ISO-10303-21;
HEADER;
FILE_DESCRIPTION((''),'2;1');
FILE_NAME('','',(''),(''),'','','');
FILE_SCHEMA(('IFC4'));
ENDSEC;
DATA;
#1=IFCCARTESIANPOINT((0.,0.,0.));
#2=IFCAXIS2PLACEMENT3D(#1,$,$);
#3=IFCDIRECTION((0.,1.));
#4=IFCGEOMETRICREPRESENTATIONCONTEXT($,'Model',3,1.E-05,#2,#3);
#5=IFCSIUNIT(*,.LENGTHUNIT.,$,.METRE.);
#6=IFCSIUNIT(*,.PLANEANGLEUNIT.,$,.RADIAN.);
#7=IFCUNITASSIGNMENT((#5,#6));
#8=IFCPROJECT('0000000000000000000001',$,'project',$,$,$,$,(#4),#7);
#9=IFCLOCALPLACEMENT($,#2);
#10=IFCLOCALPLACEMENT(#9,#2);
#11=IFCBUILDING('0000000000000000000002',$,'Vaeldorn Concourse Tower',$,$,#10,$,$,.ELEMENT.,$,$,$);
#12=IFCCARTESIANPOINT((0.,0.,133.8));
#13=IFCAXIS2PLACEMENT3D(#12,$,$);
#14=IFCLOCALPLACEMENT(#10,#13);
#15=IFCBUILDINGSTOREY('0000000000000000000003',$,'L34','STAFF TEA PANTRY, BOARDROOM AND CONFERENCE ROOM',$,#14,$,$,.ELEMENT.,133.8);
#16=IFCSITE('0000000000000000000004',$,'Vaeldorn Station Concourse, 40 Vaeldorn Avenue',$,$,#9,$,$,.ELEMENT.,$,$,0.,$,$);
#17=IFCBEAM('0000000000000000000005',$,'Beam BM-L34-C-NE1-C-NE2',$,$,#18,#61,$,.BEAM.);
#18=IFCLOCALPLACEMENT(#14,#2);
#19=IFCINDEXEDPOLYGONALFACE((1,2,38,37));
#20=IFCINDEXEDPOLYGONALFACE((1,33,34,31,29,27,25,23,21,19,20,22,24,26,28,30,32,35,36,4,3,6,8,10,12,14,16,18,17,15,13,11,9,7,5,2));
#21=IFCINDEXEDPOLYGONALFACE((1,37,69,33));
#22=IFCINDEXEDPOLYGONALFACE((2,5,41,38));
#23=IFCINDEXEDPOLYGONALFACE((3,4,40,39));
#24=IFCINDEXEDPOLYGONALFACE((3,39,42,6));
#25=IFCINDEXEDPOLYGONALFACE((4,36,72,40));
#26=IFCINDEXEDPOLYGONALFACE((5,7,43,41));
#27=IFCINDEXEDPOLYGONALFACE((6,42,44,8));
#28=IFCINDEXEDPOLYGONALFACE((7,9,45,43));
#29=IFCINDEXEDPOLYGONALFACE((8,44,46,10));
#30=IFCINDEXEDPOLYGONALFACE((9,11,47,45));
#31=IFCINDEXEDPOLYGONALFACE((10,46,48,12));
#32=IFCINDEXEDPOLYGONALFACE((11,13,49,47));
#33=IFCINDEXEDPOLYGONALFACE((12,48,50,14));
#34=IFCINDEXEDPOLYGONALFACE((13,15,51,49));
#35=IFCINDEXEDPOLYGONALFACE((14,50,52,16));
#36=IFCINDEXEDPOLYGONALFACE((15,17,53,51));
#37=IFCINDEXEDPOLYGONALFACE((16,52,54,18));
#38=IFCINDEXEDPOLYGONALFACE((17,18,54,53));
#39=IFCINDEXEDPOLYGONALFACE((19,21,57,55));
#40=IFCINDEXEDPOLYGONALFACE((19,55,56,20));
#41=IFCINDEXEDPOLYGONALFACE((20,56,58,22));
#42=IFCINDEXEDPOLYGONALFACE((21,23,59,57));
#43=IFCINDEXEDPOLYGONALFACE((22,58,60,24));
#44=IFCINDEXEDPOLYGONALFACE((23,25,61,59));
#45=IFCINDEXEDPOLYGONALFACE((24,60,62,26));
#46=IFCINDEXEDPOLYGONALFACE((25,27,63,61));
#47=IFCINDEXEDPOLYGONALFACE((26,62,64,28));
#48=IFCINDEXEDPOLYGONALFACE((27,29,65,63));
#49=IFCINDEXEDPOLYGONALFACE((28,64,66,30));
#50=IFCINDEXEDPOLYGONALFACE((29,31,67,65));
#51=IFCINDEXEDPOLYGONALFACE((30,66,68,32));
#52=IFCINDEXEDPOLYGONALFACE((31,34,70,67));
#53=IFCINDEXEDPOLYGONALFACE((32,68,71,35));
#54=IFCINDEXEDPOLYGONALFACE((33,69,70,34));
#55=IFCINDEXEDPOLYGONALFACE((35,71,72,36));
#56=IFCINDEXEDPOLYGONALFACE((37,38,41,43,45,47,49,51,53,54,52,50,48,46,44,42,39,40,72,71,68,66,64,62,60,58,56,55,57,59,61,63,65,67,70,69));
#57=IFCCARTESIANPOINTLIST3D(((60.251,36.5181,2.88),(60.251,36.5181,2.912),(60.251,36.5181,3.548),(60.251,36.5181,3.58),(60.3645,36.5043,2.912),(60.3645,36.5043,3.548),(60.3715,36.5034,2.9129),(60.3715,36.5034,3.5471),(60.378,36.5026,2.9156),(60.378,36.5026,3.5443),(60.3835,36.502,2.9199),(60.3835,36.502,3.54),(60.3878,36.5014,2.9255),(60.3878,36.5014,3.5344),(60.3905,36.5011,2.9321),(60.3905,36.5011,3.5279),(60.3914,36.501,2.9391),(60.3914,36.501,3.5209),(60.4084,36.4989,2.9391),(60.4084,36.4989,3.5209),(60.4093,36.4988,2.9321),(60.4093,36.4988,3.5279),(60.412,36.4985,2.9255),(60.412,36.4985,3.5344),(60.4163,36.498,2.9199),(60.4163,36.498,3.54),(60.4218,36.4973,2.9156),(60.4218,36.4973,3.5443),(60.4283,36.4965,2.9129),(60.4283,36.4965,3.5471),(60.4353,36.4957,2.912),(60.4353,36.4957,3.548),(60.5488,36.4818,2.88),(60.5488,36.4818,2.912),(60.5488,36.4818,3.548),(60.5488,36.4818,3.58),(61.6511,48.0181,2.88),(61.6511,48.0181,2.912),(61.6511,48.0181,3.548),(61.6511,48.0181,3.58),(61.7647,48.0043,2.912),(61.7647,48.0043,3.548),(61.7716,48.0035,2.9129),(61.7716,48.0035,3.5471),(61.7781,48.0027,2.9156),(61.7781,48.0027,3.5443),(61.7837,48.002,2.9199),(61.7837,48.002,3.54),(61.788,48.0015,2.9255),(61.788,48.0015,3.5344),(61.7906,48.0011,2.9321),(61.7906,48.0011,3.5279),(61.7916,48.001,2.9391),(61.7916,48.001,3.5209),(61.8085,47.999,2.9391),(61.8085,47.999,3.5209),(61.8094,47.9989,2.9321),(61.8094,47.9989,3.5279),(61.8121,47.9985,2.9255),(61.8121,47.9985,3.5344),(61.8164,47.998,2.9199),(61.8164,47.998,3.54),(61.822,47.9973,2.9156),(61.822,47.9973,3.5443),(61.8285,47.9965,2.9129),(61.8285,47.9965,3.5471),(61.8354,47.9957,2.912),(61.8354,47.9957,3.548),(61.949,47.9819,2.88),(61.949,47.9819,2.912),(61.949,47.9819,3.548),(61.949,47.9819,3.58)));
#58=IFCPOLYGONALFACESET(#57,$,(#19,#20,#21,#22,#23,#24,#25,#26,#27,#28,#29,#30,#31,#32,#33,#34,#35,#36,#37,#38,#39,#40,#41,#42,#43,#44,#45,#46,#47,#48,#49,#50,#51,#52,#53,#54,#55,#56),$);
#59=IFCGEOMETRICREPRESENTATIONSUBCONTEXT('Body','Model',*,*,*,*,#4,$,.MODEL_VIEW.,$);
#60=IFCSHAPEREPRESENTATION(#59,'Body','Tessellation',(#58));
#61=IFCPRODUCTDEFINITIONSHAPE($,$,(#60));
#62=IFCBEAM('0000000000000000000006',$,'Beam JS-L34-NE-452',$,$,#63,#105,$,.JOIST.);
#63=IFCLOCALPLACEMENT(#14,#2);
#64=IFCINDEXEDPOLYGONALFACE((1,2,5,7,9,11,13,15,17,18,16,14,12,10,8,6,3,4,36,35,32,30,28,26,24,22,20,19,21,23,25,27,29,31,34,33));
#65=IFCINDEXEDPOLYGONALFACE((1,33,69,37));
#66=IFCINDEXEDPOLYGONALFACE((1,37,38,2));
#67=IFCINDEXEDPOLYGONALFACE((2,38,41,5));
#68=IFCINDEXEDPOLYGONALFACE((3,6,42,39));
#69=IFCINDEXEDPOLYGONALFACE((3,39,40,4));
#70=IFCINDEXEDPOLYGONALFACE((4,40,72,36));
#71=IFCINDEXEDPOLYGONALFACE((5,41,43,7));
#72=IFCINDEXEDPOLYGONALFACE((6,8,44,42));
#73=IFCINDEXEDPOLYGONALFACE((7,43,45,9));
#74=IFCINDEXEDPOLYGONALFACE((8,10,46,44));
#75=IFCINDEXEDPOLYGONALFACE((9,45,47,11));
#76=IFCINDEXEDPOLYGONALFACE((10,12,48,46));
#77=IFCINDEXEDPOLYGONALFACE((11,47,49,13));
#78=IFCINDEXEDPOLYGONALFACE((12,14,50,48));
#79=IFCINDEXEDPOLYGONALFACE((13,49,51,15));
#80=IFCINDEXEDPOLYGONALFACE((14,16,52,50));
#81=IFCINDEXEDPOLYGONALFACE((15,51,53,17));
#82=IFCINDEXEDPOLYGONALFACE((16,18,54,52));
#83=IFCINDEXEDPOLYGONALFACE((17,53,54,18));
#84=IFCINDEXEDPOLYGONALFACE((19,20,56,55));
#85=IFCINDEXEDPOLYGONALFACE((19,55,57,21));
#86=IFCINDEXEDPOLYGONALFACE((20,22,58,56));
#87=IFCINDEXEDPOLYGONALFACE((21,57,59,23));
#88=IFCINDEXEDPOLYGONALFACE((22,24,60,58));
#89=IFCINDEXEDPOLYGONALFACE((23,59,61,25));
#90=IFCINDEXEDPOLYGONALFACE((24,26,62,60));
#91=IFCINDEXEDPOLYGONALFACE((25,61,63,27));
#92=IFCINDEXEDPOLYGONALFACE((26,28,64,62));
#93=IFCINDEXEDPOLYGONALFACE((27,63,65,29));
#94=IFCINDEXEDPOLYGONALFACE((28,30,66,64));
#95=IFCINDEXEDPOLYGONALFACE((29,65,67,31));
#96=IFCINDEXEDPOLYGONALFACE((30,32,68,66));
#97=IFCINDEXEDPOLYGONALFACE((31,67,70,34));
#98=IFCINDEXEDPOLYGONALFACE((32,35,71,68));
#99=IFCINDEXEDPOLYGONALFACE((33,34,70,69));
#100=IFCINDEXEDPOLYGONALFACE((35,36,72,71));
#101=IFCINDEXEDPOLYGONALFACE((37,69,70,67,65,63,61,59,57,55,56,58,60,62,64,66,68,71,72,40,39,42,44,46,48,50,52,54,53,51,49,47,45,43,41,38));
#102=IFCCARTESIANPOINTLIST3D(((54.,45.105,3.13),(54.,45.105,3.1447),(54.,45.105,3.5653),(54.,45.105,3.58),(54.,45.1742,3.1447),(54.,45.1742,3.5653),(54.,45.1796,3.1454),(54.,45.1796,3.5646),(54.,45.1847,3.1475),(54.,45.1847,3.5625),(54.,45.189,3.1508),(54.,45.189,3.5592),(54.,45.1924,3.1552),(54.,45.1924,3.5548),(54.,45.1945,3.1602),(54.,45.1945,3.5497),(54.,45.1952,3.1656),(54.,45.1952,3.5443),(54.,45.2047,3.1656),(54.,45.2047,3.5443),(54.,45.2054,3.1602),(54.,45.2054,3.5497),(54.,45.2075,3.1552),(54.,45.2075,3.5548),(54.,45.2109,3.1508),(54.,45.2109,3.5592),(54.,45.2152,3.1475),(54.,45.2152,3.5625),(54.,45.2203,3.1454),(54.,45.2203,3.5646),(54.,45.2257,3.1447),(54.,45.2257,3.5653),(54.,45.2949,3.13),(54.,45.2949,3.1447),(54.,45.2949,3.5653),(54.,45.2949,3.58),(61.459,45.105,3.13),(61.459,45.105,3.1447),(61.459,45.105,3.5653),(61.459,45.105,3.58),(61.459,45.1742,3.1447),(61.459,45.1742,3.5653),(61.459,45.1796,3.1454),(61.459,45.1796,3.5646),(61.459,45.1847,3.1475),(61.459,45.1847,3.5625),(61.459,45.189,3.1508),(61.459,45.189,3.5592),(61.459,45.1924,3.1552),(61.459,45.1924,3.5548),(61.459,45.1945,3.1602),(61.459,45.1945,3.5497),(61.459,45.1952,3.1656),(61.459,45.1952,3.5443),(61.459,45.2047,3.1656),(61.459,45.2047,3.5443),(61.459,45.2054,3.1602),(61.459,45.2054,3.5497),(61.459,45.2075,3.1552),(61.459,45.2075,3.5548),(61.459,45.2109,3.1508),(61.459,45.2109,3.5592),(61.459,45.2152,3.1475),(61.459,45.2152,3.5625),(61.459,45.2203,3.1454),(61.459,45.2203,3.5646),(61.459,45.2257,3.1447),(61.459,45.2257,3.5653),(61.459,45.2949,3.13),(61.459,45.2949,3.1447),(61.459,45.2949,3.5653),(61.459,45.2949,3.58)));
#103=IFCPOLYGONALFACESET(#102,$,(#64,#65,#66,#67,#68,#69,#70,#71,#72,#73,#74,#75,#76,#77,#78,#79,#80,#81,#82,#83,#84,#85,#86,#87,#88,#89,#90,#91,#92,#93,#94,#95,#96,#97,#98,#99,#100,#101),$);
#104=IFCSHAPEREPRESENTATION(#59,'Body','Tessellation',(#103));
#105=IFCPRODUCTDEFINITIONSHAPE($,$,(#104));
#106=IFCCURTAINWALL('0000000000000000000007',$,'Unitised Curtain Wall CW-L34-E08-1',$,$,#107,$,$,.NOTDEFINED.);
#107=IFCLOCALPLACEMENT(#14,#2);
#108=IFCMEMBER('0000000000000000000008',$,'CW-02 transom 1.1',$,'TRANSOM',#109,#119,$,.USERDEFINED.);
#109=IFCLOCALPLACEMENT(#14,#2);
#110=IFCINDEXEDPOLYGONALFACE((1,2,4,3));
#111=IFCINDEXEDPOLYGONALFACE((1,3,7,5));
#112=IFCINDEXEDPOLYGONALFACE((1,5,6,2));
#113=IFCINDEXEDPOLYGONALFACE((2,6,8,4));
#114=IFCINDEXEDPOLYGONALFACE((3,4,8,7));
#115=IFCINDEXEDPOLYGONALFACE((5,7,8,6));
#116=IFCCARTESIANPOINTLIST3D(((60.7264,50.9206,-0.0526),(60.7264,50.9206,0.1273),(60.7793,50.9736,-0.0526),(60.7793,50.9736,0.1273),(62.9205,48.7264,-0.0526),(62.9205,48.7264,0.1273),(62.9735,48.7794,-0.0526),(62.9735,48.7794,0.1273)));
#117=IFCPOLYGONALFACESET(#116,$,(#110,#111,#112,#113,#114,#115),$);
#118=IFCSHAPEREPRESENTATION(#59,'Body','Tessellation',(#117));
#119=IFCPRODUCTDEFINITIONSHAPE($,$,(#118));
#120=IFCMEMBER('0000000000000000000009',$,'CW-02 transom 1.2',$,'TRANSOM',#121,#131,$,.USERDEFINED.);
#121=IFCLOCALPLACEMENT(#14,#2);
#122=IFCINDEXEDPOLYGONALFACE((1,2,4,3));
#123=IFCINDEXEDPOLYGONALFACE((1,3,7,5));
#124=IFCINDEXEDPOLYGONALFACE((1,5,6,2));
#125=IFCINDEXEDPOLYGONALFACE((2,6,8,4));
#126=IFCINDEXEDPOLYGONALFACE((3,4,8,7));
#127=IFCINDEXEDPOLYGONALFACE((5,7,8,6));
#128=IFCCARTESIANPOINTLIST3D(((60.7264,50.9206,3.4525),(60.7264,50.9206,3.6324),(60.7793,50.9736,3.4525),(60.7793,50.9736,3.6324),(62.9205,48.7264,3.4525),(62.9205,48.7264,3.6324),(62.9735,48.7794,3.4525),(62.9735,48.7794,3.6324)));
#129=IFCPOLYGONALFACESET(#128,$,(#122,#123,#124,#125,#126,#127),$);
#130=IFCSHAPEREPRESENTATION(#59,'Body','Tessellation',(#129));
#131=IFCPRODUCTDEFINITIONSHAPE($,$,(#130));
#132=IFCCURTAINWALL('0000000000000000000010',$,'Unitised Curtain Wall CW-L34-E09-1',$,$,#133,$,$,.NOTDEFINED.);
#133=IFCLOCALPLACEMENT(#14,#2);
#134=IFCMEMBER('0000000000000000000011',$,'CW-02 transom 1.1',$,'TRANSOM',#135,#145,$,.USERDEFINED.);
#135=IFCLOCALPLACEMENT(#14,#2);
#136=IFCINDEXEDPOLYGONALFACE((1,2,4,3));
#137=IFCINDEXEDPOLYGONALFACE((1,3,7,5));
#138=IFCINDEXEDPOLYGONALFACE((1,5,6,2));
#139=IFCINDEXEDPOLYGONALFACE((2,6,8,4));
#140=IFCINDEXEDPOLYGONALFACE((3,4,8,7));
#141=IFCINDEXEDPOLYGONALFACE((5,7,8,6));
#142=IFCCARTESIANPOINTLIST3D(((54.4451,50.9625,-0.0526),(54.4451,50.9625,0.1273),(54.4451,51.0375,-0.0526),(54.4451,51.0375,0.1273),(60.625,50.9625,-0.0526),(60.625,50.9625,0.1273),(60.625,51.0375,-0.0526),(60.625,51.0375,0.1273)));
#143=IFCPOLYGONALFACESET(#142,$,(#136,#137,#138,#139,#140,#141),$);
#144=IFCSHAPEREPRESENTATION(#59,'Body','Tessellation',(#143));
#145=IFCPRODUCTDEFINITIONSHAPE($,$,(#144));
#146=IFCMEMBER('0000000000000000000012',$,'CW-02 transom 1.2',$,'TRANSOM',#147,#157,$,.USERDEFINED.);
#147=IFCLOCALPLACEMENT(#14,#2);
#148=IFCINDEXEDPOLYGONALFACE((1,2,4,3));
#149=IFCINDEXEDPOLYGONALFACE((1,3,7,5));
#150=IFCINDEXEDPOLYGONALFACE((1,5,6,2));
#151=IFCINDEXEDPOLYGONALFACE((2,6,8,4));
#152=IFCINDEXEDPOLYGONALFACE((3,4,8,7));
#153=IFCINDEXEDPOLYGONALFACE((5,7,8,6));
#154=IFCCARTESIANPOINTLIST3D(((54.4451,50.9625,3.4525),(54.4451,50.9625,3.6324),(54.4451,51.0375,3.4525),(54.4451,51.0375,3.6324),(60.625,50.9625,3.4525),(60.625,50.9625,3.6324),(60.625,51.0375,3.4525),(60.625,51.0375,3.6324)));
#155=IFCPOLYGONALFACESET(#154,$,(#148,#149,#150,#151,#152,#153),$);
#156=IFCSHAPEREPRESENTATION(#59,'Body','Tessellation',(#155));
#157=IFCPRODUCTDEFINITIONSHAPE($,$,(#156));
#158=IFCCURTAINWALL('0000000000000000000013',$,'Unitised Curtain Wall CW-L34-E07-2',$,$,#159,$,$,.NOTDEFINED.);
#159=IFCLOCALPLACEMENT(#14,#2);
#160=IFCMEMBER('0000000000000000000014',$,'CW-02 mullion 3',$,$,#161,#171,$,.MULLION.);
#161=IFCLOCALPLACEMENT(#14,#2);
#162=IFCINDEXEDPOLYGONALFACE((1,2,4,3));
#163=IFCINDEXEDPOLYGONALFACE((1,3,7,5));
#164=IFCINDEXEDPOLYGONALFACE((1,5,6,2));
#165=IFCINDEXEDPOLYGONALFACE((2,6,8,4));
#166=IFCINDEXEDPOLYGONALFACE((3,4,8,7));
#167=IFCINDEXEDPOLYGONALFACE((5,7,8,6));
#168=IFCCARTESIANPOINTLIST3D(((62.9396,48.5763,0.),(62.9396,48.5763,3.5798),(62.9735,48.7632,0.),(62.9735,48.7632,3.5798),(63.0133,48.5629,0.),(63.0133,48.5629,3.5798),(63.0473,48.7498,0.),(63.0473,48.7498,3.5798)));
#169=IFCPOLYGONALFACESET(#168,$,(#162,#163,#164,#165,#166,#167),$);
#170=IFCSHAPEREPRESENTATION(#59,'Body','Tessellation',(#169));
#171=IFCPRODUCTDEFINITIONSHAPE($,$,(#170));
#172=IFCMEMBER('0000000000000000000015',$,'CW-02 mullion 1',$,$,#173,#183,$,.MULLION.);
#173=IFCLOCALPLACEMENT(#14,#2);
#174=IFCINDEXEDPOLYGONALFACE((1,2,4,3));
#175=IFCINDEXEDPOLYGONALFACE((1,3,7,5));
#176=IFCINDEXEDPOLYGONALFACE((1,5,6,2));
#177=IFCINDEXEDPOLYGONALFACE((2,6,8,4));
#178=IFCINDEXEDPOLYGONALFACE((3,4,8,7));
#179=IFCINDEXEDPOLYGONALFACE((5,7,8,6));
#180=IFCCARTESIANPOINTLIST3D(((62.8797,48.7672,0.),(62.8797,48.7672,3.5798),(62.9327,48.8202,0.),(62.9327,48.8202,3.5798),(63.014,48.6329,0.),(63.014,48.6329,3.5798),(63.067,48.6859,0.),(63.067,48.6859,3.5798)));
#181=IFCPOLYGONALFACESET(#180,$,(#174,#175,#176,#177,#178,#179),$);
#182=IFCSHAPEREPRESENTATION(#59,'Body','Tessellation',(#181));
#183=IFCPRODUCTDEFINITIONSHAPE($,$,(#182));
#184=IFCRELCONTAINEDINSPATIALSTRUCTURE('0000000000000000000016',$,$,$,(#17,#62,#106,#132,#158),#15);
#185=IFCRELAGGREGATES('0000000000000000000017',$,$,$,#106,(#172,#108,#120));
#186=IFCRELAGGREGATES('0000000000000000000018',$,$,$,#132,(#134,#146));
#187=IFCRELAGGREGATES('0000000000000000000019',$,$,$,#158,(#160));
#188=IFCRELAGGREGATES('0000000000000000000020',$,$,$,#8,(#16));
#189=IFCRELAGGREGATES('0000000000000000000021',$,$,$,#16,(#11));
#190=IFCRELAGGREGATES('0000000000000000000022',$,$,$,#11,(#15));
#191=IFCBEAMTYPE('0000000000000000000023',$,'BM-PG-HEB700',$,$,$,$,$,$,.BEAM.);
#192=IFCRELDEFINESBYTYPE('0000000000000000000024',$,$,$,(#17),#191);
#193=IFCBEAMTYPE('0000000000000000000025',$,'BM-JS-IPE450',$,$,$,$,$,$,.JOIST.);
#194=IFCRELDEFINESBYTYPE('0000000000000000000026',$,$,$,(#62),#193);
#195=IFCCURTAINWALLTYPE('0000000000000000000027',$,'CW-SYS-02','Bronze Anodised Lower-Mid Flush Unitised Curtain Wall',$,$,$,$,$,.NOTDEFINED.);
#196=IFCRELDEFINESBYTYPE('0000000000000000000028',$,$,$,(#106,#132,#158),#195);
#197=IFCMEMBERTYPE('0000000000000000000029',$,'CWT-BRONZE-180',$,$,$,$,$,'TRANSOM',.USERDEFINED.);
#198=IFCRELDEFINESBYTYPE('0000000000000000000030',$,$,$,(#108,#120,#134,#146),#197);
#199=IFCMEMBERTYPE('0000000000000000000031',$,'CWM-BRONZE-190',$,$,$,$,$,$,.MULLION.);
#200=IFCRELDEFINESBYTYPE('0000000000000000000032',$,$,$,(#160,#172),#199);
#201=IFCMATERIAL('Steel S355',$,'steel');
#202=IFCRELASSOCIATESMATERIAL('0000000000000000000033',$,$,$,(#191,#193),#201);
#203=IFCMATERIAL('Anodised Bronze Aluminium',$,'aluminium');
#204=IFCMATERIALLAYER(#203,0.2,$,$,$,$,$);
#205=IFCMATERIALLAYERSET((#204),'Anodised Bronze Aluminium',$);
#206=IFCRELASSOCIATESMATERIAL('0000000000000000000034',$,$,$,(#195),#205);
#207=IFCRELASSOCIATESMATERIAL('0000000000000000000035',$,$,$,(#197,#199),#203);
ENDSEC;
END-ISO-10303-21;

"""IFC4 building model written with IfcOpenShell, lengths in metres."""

from ifc_helpers import new_model, si_unit, direction, frame, origin, origin_2d, place, context, subcontext, project, spatial, rectangle, i_section, extrude, source, transform, mapped, material, layer, layer_set, material_profile, profile_set, type_object, element, aggregate, save


model = new_model("IFC4")

# Units and contexts
model_context = context("Model", 3, precision=1e-05, world=origin(), true_north=direction((0.0, 1.0)))
body_context = subcontext(model_context, "Body", "Model", "MODEL_VIEW")
ifc_project = project(units=[si_unit("LENGTHUNIT", "METRE"), si_unit("PLANEANGLEUNIT", "RADIAN")], contexts=[model_context])

# Site, building, storey
site_placement = place(None, origin())
site = spatial("IfcSite", under=ifc_project, at=site_placement, Name="Vaeldorn Station Concourse, 40 Vaeldorn Avenue", CompositionType="ELEMENT", RefElevation=0.0)
building_placement = place(site_placement, origin())
building = spatial("IfcBuilding", under=site, at=building_placement, Name="Vaeldorn Concourse Tower", CompositionType="ELEMENT")
storey_placement = place(building_placement, frame((0.0, 0.0, 133.8)))
storey = spatial("IfcBuildingStorey", under=building, at=storey_placement, Name="L34", Description="STAFF TEA PANTRY, BOARDROOM AND CONFERENCE ROOM", CompositionType="ELEMENT", Elevation=133.8)

# Beams
ifc_material_1 = material(Name="Steel S355", Category="steel")
ifc_material_profile_1 = material_profile(ifc_material_1, i_section(OverallWidth=0.3, OverallDepth=0.7, WebThickness=0.0171, FlangeThickness=0.032, FilletRadius=0.0271, at=origin_2d()), Name="HEB 700")
ifc_profile_set_1 = profile_set([ifc_material_profile_1], Name="Steel S355")
beam_type_1 = type_object("IfcBeamType", Name="BM-PG-HEB700", PredefinedType="BEAM", material=ifc_profile_set_1)
shared_shape_1 = source(origin(), body_context, "Body", "SweptSolid", [
    extrude(i_section(OverallWidth=0.3, OverallDepth=0.7, WebThickness=0.0171, FlangeThickness=0.032, FilletRadius=0.0271, at=origin_2d()), origin(), (0.0, 0.0, 1.0), 11.585),
])
beam_1_placement = place(storey_placement, frame((61.8, 48.0, 3.23), z_axis=(-0.120859, -0.99267, 0.0), x_axis=(0.99267, -0.120859, 0.0)))
element("IfcBeam", 1, at=beam_1_placement, inside=storey, type_object=beam_type_1, Name="Beam BM-L34-C-NE1-C-NE2", PredefinedType="BEAM", context=body_context, shape_type="MappedRepresentation", body=[
    mapped(shared_shape_1, transform((0.0, 0.0, 0.0), scale=1.0)),
])
ifc_material_profile_2 = material_profile(ifc_material_1, i_section(OverallWidth=0.1899, OverallDepth=0.45, WebThickness=0.0095, FlangeThickness=0.0146, FilletRadius=0.021, at=origin_2d()), Name="IPE 450")
ifc_profile_set_2 = profile_set([ifc_material_profile_2], Name="Steel S355")
beam_type_2 = type_object("IfcBeamType", Name="BM-JS-IPE450", PredefinedType="JOIST", material=ifc_profile_set_2)
shared_shape_2 = source(origin(), body_context, "Body", "SweptSolid", [
    extrude(i_section(OverallWidth=0.1899, OverallDepth=0.45, WebThickness=0.0095, FlangeThickness=0.0146, FilletRadius=0.021, at=origin_2d()), origin(), (0.0, 0.0, 1.0), 7.459),
])
beam_2_placement = place(storey_placement, frame((54.0, 45.2, 3.355), z_axis=(1.0, 0.0, 0.0), x_axis=(0.0, 1.0, 0.0)))
element("IfcBeam", 2, at=beam_2_placement, inside=storey, type_object=beam_type_2, Name="Beam JS-L34-NE-452", PredefinedType="JOIST", context=body_context, shape_type="MappedRepresentation", body=[
    mapped(shared_shape_2, transform((0.0, 0.0, 0.0), scale=1.0)),
])

# Curtain walls, members
ifc_material_2 = material(Name="Anodised Bronze Aluminium", Category="aluminium")
ifc_layer_1 = layer(ifc_material_2, 0.2)
ifc_layer_set_1 = layer_set([ifc_layer_1], Name="Anodised Bronze Aluminium")
curtain_wall_type = type_object("IfcCurtainWallType", Name="CW-SYS-02", Description="Bronze Anodised Lower-Mid Flush Unitised Curtain Wall", PredefinedType="NOTDEFINED", material=ifc_layer_set_1)
curtain_wall_1_placement = place(storey_placement, origin())
curtain_wall_1 = element("IfcCurtainWall", 3, at=curtain_wall_1_placement, inside=storey, type_object=curtain_wall_type, Name="Unitised Curtain Wall CW-L34-E08-1", PredefinedType="NOTDEFINED")
ifc_material_profile_3 = material_profile(ifc_material_2, rectangle(XDim=0.075, YDim=0.1799, at=origin_2d()), Name="CWT 75x180")
ifc_profile_set_3 = profile_set([ifc_material_profile_3], Name="Anodised Bronze Aluminium")
member_type_1 = type_object("IfcMemberType", Name="CWT-BRONZE-180", ElementType="TRANSOM", PredefinedType="USERDEFINED", material=ifc_profile_set_3)
shared_shape_3 = source(origin(), body_context, "Body", "SweptSolid", [
    extrude(rectangle(XDim=0.075, YDim=0.1799, at=origin_2d()), origin(), (0.0, 0.0, 1.0), 3.103),
])
member_1_placement = place(storey_placement, frame((62.947, 48.7529, 0.0374), z_axis=(-0.707107, 0.707107, 0.0), x_axis=(-0.707107, -0.707107, 0.0)))
member_1 = element("IfcMember", 4, at=member_1_placement, type_object=member_type_1, Name="CW-02 transom 1.1", ObjectType="TRANSOM", PredefinedType="USERDEFINED", context=body_context, shape_type="MappedRepresentation", body=[
    mapped(shared_shape_3, transform((0.0, 0.0, 0.0), scale=1.0)),
])
member_2_placement = place(storey_placement, frame((62.947, 48.7529, 3.5425), z_axis=(-0.707107, 0.707107, 0.0), x_axis=(-0.707107, -0.707107, 0.0)))
member_2 = element("IfcMember", 5, at=member_2_placement, type_object=member_type_1, Name="CW-02 transom 1.2", ObjectType="TRANSOM", PredefinedType="USERDEFINED", context=body_context, shape_type="MappedRepresentation", body=[
    mapped(shared_shape_3, transform((0.0, 0.0, 0.0), scale=1.0)),
])
curtain_wall_2_placement = place(storey_placement, origin())
curtain_wall_2 = element("IfcCurtainWall", 6, at=curtain_wall_2_placement, inside=storey, type_object=curtain_wall_type, Name="Unitised Curtain Wall CW-L34-E09-1", PredefinedType="NOTDEFINED")
shared_shape_4 = source(origin(), body_context, "Body", "SweptSolid", [
    extrude(rectangle(XDim=0.075, YDim=0.1799, at=origin_2d()), origin(), (0.0, 0.0, 1.0), 6.1799),
])
member_3_placement = place(storey_placement, frame((60.625, 51.0, 0.0374), z_axis=(-1.0, 0.0, 0.0), x_axis=(0.0, -1.0, 0.0)))
member_3 = element("IfcMember", 7, at=member_3_placement, type_object=member_type_1, Name="CW-02 transom 1.1", ObjectType="TRANSOM", PredefinedType="USERDEFINED", context=body_context, shape_type="MappedRepresentation", body=[
    mapped(shared_shape_4, transform((0.0, 0.0, 0.0), scale=1.0)),
])
member_4_placement = place(storey_placement, frame((60.625, 51.0, 3.5425), z_axis=(-1.0, 0.0, 0.0), x_axis=(0.0, -1.0, 0.0)))
member_4 = element("IfcMember", 8, at=member_4_placement, type_object=member_type_1, Name="CW-02 transom 1.2", ObjectType="TRANSOM", PredefinedType="USERDEFINED", context=body_context, shape_type="MappedRepresentation", body=[
    mapped(shared_shape_4, transform((0.0, 0.0, 0.0), scale=1.0)),
])

# Curtain wall, member
curtain_wall_3_placement = place(storey_placement, origin())
curtain_wall_3 = element("IfcCurtainWall", 9, at=curtain_wall_3_placement, inside=storey, type_object=curtain_wall_type, Name="Unitised Curtain Wall CW-L34-E07-2", PredefinedType="NOTDEFINED")
ifc_material_profile_4 = material_profile(ifc_material_2, rectangle(XDim=0.075, YDim=0.1899, at=origin_2d()), Name="CWM 75x190")
ifc_profile_set_4 = profile_set([ifc_material_profile_4], Name="Anodised Bronze Aluminium")
member_type_2 = type_object("IfcMemberType", Name="CWM-BRONZE-190", PredefinedType="MULLION", material=ifc_profile_set_4)
shared_shape_5 = source(origin(), body_context, "Body", "SweptSolid", [
    extrude(rectangle(XDim=0.075, YDim=0.1899, at=origin_2d()), origin(), (0.0, 0.0, 1.0), 3.5798),
])
member_5_placement = place(storey_placement, frame((62.9934, 48.6631, 0.0), z_axis=(0.0, 0.0, 1.0), x_axis=(-0.983905, 0.17869, 0.0)))
member_5 = element("IfcMember", 10, at=member_5_placement, type_object=member_type_2, Name="CW-02 mullion 3", PredefinedType="MULLION", context=body_context, shape_type="MappedRepresentation", body=[
    mapped(shared_shape_5, transform((0.0, 0.0, 0.0), scale=1.0)),
])

# Member
member_6_placement = place(storey_placement, frame((62.9734, 48.7266, 0.0), z_axis=(0.0, 0.0, 1.0), x_axis=(-0.707107, -0.707107, 0.0)))
member_6 = element("IfcMember", 11, at=member_6_placement, type_object=member_type_2, Name="CW-02 mullion 1", PredefinedType="MULLION", context=body_context, shape_type="MappedRepresentation", body=[
    mapped(shared_shape_5, transform((0.0, 0.0, 0.0), scale=1.0)),
])

aggregate(curtain_wall_1, [member_6, member_1, member_2])
aggregate(curtain_wall_2, [member_3, member_4])
aggregate(curtain_wall_3, [member_5])

save(model, "model.ifc")
